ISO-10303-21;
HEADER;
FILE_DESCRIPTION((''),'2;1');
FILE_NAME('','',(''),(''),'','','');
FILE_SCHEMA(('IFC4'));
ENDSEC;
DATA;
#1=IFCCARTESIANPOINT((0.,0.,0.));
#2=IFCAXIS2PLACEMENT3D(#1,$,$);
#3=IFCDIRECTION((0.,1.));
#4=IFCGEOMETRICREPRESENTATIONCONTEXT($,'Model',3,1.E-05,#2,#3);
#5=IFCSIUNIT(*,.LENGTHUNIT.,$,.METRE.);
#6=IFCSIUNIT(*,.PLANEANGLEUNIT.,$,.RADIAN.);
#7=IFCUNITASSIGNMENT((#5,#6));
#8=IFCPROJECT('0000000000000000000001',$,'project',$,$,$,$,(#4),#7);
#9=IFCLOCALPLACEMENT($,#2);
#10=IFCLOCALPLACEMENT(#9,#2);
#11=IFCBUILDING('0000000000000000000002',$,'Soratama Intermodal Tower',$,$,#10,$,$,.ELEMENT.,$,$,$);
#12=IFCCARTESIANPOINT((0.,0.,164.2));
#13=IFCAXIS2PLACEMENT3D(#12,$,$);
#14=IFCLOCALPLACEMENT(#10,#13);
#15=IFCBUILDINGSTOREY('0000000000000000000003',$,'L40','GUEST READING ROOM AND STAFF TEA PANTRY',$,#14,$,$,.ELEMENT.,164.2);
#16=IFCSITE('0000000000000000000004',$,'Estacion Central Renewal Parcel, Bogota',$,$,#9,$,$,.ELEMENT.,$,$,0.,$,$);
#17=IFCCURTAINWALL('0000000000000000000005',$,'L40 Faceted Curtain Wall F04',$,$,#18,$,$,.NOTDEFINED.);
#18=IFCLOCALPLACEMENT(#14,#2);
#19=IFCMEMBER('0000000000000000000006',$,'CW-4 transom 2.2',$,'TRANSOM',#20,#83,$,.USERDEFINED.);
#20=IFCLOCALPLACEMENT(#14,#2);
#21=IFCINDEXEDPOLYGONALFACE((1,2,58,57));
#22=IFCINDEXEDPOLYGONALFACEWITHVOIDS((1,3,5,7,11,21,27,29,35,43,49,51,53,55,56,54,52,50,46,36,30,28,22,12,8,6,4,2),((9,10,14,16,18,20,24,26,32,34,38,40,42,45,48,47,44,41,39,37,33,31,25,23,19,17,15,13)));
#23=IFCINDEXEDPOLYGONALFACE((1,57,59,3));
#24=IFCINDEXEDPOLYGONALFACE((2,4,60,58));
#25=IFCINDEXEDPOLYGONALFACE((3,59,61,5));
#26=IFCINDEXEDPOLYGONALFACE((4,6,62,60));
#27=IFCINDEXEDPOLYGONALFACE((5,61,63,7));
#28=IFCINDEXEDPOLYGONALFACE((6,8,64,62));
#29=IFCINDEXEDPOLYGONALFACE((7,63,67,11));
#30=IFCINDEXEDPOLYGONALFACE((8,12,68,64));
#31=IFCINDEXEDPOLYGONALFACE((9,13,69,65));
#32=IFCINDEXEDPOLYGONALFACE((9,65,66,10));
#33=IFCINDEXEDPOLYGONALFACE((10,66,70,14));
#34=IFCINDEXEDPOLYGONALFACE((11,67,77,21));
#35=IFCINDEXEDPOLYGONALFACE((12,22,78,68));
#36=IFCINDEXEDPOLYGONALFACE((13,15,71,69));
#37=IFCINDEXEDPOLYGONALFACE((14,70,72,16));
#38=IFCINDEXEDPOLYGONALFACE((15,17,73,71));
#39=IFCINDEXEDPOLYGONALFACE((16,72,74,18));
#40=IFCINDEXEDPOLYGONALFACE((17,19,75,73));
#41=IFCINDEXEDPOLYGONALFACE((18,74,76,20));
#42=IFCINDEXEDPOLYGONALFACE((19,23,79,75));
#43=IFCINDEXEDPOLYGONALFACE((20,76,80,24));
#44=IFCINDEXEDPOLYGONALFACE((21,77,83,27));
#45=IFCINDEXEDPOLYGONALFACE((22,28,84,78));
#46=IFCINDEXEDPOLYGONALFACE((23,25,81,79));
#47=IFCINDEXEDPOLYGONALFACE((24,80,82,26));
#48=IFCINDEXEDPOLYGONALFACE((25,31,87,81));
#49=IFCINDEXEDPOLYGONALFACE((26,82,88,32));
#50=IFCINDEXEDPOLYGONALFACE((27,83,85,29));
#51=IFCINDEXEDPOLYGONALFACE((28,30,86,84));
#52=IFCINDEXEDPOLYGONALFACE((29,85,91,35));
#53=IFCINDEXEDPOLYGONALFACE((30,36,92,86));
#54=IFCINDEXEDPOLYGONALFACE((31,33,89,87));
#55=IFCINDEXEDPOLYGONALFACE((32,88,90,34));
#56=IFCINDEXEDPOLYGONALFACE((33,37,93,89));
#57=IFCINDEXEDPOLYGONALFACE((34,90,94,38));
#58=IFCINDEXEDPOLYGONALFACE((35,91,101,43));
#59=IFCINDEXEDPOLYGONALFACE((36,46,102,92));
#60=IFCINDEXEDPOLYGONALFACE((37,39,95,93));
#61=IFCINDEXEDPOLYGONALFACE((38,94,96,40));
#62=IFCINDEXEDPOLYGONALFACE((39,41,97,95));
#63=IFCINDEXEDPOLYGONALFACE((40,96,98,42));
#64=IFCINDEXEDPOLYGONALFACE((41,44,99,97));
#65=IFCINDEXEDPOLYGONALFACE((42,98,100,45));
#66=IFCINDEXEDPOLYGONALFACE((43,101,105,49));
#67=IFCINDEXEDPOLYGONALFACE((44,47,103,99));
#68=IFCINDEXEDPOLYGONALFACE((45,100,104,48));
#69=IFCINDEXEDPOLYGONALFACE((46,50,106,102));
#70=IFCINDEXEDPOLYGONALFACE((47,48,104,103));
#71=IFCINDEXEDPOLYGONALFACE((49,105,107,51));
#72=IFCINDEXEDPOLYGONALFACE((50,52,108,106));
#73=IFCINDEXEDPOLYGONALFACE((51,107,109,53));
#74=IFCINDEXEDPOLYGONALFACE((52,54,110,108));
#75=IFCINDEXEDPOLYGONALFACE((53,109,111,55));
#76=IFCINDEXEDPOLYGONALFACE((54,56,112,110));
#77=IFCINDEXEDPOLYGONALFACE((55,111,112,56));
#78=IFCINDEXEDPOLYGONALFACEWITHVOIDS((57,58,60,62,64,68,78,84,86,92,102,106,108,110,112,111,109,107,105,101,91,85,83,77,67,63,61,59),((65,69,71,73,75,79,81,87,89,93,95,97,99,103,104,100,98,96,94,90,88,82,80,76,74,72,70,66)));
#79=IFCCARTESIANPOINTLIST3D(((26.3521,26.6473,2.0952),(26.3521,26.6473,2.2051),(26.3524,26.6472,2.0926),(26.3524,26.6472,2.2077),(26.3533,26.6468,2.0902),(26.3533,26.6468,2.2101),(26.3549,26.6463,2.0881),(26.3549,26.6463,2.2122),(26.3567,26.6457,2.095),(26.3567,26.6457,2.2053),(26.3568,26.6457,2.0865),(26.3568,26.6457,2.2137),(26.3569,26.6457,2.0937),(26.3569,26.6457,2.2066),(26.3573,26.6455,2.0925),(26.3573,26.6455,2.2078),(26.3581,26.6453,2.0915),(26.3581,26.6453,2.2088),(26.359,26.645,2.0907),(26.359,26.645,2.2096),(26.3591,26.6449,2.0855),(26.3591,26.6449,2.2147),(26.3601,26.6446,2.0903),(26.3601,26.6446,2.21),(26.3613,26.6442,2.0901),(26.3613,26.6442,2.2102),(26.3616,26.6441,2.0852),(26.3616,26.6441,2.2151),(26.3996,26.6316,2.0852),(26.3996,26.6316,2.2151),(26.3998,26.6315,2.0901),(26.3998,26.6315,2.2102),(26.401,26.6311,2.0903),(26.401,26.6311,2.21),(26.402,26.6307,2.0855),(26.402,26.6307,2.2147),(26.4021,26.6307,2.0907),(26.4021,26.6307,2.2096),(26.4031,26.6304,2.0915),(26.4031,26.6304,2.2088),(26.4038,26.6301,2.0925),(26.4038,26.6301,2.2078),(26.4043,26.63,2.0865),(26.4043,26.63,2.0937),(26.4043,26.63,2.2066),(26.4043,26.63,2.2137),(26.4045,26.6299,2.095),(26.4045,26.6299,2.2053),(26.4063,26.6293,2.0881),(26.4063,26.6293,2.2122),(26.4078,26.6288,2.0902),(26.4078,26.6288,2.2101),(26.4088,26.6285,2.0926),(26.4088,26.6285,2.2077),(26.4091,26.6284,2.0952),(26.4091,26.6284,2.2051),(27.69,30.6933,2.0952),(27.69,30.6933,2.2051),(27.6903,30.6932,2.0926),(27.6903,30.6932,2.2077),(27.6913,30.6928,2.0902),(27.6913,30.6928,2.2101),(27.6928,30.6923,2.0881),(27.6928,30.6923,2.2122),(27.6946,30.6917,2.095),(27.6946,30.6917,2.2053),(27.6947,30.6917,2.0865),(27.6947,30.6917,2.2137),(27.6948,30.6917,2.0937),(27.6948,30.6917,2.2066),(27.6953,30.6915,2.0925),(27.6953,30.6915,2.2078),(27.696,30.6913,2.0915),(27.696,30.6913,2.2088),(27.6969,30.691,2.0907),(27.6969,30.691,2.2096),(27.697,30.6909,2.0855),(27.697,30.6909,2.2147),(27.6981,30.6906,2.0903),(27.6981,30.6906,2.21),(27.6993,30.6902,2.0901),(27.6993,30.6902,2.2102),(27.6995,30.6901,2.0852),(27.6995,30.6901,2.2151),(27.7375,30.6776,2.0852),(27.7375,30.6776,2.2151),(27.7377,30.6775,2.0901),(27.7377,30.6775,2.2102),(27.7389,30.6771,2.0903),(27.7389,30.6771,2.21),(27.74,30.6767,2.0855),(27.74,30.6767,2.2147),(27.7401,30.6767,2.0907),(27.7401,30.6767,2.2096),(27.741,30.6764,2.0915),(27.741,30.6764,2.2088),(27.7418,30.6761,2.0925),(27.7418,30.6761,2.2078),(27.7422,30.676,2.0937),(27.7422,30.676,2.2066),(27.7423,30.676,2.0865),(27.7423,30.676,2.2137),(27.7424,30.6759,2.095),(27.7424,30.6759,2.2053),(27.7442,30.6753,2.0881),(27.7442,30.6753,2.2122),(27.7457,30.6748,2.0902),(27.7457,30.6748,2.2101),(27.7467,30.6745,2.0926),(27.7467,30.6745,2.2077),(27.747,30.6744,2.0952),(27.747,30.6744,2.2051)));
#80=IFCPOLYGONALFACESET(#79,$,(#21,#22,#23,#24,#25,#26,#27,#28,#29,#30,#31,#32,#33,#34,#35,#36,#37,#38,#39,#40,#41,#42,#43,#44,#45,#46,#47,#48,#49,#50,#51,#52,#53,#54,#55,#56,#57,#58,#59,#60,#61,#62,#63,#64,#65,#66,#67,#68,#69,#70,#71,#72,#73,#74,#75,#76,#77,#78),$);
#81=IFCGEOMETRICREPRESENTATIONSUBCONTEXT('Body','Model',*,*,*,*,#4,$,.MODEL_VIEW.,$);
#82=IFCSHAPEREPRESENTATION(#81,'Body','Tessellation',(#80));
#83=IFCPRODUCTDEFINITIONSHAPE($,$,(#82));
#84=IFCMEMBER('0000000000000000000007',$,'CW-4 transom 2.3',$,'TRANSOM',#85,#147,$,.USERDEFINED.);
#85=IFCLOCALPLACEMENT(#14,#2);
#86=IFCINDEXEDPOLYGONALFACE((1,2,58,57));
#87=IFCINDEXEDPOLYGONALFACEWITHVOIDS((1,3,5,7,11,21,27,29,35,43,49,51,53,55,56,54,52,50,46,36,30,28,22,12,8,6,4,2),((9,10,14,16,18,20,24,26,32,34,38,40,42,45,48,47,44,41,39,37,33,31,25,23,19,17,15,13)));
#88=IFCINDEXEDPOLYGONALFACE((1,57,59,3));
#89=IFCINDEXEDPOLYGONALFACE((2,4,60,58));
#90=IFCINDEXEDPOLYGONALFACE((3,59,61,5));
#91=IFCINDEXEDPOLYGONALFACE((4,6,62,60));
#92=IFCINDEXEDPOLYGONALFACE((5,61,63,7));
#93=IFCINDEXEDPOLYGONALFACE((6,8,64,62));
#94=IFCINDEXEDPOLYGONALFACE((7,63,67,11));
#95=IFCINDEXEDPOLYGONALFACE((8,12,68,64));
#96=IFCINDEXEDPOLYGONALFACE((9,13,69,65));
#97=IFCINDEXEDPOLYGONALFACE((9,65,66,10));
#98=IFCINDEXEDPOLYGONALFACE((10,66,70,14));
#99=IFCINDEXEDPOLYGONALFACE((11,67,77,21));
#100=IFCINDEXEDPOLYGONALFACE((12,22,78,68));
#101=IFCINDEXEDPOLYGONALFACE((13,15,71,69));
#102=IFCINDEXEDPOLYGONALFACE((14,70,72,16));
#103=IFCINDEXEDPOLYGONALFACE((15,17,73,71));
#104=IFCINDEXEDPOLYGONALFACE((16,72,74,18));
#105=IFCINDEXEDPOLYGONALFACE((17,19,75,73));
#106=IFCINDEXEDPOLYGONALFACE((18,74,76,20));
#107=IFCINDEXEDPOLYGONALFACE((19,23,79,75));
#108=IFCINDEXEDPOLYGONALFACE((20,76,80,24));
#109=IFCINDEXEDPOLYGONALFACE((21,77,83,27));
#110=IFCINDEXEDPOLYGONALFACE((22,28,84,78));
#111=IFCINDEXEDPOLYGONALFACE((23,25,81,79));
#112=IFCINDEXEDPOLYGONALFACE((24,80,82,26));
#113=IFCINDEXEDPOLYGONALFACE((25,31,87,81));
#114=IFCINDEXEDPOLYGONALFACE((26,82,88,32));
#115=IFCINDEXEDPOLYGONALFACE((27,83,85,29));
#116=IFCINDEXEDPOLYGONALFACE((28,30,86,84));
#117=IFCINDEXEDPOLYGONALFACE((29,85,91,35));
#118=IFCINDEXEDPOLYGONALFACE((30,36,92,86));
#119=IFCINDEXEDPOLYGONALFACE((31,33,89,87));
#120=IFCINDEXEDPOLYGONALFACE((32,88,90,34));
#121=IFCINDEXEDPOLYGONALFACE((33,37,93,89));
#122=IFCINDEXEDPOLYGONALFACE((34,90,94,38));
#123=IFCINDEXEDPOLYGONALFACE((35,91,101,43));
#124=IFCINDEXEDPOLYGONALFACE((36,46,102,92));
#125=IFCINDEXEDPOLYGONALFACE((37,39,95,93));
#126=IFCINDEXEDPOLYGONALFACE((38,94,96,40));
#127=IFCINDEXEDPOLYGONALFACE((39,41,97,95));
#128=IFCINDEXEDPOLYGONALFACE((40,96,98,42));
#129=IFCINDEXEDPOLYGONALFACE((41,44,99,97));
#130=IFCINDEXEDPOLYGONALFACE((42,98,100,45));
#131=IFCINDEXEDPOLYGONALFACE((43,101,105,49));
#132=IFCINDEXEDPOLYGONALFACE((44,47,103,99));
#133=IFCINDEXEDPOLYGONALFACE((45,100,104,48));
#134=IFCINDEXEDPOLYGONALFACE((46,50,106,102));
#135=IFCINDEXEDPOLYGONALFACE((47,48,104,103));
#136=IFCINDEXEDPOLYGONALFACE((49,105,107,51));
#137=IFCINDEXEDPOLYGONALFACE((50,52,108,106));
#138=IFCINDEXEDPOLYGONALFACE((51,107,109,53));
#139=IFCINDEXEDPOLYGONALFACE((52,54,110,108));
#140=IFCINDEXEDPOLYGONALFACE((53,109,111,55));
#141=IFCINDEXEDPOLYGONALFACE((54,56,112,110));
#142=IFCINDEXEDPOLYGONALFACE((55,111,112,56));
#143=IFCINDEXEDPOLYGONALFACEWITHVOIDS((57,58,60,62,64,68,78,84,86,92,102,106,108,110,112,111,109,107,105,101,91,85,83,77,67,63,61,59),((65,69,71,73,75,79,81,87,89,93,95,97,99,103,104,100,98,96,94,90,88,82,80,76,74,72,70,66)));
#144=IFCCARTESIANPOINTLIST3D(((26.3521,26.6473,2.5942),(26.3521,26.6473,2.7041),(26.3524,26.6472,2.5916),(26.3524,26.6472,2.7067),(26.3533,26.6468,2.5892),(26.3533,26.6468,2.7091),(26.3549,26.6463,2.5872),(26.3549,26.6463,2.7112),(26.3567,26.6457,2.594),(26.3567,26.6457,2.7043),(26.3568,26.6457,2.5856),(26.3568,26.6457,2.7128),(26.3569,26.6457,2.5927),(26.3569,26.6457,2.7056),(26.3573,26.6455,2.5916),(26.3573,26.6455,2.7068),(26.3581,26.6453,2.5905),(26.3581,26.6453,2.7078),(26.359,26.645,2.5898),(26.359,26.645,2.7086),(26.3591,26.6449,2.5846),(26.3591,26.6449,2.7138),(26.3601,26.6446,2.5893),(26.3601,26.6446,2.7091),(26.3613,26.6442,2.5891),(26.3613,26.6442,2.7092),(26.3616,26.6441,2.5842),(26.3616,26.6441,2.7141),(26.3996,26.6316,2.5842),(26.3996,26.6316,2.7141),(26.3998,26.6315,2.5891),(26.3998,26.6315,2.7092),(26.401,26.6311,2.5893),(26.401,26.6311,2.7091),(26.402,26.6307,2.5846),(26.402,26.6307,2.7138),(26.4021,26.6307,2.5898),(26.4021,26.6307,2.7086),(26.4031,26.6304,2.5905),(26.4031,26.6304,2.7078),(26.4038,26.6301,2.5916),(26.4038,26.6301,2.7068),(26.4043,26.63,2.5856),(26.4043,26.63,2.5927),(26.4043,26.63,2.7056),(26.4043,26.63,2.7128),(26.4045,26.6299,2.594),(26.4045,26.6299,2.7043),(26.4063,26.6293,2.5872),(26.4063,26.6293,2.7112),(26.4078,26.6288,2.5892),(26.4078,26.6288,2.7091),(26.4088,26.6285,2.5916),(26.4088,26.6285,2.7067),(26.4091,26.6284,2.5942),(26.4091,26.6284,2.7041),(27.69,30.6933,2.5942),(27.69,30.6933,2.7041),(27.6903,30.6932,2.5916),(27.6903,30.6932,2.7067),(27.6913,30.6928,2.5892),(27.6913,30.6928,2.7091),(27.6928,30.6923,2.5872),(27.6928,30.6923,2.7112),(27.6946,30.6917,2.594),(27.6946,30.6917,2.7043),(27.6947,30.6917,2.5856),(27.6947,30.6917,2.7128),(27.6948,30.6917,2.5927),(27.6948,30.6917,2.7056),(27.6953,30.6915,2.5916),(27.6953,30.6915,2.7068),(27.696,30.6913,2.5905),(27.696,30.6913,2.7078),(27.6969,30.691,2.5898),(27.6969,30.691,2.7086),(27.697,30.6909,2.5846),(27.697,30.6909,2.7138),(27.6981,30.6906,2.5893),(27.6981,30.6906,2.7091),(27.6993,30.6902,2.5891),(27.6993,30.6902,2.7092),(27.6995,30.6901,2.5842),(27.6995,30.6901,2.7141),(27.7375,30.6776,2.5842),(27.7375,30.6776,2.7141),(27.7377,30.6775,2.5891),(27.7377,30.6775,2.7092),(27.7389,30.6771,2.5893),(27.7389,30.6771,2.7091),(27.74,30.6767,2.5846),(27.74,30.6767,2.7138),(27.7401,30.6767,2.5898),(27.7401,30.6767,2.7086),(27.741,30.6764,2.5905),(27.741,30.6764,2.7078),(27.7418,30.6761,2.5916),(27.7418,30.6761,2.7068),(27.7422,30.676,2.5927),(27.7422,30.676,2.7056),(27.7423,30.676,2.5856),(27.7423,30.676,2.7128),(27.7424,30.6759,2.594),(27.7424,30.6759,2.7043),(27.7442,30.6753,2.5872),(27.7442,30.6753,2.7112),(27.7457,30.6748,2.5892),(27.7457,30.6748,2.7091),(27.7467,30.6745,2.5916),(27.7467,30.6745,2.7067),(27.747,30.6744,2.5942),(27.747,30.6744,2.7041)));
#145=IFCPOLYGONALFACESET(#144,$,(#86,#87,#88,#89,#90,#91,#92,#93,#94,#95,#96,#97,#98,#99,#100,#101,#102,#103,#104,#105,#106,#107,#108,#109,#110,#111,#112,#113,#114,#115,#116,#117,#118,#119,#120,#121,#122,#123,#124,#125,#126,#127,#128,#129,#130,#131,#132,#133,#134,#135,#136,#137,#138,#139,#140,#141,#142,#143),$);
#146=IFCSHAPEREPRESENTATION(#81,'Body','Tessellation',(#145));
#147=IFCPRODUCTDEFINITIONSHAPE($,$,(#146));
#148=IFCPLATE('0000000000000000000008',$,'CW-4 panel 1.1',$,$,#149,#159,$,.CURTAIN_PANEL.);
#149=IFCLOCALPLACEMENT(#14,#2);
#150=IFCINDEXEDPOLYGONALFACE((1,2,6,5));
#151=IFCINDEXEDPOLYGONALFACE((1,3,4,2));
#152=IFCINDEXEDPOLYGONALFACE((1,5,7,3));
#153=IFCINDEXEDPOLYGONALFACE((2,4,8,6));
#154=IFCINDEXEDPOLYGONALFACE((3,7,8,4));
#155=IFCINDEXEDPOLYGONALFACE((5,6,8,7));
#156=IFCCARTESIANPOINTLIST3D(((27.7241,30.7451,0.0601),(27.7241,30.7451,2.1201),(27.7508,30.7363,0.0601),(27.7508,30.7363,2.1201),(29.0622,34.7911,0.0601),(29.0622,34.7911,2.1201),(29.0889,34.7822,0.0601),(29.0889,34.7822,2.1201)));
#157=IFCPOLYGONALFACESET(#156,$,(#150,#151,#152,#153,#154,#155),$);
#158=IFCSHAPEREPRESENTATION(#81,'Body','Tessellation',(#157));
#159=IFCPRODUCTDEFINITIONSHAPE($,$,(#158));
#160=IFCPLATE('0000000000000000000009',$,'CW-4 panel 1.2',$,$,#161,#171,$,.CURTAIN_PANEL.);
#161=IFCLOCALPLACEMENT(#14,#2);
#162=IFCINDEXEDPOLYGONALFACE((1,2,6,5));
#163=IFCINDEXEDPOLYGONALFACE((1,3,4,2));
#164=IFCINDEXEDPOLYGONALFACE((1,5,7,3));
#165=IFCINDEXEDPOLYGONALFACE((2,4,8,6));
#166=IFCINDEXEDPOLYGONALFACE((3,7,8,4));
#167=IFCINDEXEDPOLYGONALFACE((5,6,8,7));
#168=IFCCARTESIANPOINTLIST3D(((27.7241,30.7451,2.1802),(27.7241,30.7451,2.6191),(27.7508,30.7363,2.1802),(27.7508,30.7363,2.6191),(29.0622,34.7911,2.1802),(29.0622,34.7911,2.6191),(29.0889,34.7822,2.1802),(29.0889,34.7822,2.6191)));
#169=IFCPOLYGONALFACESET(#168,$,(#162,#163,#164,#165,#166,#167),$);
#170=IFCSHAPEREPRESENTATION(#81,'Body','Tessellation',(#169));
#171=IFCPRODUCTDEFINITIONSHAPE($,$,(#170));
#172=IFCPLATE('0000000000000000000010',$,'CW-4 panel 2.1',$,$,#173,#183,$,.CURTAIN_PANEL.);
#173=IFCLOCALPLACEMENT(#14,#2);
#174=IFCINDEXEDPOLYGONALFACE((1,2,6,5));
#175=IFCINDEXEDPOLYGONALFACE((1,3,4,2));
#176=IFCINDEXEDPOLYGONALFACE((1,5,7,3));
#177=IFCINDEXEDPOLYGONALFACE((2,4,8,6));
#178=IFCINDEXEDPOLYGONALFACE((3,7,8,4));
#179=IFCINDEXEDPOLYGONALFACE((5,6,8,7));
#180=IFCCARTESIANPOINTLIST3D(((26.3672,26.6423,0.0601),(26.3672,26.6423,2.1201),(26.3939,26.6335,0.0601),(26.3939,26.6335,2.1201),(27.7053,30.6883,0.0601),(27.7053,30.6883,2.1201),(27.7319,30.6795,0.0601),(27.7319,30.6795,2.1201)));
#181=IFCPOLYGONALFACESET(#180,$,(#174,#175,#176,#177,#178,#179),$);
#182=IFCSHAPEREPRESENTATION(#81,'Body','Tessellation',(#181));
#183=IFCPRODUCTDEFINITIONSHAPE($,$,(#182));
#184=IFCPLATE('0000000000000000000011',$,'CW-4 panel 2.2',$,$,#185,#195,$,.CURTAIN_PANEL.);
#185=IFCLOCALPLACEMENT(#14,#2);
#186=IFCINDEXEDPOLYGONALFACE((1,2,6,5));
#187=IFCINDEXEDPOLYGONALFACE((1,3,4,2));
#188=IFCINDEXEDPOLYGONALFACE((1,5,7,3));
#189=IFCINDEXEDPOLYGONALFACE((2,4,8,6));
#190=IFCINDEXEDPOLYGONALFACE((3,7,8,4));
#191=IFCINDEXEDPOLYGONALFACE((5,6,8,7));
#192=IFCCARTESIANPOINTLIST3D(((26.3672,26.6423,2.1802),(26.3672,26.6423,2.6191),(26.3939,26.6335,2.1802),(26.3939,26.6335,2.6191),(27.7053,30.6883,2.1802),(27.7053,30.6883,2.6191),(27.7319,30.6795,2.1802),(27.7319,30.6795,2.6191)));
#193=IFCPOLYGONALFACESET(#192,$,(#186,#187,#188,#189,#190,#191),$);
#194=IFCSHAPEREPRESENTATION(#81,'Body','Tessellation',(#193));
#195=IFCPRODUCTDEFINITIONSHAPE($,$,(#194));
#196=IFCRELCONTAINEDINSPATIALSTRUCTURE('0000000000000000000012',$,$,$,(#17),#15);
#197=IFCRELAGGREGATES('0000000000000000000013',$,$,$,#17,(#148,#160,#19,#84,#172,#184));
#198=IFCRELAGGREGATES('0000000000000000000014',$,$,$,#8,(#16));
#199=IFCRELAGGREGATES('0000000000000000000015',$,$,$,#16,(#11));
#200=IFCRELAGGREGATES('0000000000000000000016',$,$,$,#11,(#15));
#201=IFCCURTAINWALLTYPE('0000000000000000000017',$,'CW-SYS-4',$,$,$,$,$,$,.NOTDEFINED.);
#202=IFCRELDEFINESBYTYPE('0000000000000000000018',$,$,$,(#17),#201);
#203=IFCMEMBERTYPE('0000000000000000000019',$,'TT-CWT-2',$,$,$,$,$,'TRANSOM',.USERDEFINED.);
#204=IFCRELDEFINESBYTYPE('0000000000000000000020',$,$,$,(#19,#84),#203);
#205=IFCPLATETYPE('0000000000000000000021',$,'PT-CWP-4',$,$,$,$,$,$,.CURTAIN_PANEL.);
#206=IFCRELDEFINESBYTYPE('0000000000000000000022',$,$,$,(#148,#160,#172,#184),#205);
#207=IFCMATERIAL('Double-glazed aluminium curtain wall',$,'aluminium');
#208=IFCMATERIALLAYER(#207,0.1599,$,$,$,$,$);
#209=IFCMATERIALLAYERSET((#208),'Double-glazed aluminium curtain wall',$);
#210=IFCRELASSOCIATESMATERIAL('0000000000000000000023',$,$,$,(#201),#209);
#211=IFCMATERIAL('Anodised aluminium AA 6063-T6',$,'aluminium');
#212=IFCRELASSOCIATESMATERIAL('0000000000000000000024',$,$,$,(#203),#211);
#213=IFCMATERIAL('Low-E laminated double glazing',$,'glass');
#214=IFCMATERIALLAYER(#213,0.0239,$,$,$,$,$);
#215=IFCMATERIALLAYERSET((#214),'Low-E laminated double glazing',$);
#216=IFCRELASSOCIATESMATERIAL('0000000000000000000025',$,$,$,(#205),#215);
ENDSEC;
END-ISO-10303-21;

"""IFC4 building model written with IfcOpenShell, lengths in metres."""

from ifc_helpers import new_model, si_unit, direction, frame, origin, origin_2d, place, context, subcontext, project, spatial, rectangle, hollow_rectangle, extrude, material, layer, layer_set, material_profile, profile_set, type_object, element, aggregate, save


model = new_model("IFC4")

# Units and contexts
model_context = context("Model", 3, precision=1e-05, world=origin(), true_north=direction((0.0, 1.0)))
body_context = subcontext(model_context, "Body", "Model", "MODEL_VIEW")
ifc_project = project(units=[si_unit("LENGTHUNIT", "METRE"), si_unit("PLANEANGLEUNIT", "RADIAN")], contexts=[model_context])

# Site, building, storey
site_placement = place(None, origin())
site = spatial("IfcSite", under=ifc_project, at=site_placement, Name="Estacion Central Renewal Parcel, Bogota", CompositionType="ELEMENT", RefElevation=0.0)
building_placement = place(site_placement, origin())
building = spatial("IfcBuilding", under=site, at=building_placement, Name="Soratama Intermodal Tower", CompositionType="ELEMENT")
storey_placement = place(building_placement, frame((0.0, 0.0, 164.2)))
storey = spatial("IfcBuildingStorey", under=building, at=storey_placement, Name="L40", Description="GUEST READING ROOM AND STAFF TEA PANTRY", CompositionType="ELEMENT", Elevation=164.2)

# Curtain wall, members, plates
ifc_material_1 = material(Name="Double-glazed aluminium curtain wall", Category="aluminium")
ifc_layer_1 = layer(ifc_material_1, 0.1599)
ifc_layer_set_1 = layer_set([ifc_layer_1], Name="Double-glazed aluminium curtain wall")
curtain_wall_type = type_object("IfcCurtainWallType", Name="CW-SYS-4", PredefinedType="NOTDEFINED", material=ifc_layer_set_1)
curtain_wall_placement = place(storey_placement, origin())
curtain_wall = element("IfcCurtainWall", 1, at=curtain_wall_placement, inside=storey, type_object=curtain_wall_type, Name="L40 Faceted Curtain Wall F04", PredefinedType="NOTDEFINED")
ifc_material_2 = material(Name="Anodised aluminium AA 6063-T6", Category="aluminium")
ifc_material_profile_1 = material_profile(ifc_material_2, hollow_rectangle(XDim=0.0601, YDim=0.1299, WallThickness=0.0049, InnerFilletRadius=0.0049, OuterFilletRadius=0.01, at=origin_2d()), Name="CWT130X60X5")
ifc_profile_set_1 = profile_set([ifc_material_profile_1], Name="Anodised aluminium AA 6063-T6")
member_type_1 = type_object("IfcMemberType", Name="TT-CWT-2", ElementType="TRANSOM", PredefinedType="USERDEFINED", material=ifc_profile_set_1)
member_1_placement = place(storey_placement, frame((27.7185, 30.6838, 2.1501), z_axis=(-0.313958, -0.949437, 0.0), x_axis=(0.949437, -0.313958, 0.0)))
member_1 = element("IfcMember", 2, at=member_1_placement, type_object=member_type_1, Name="CW-4 transom 2.2", ObjectType="TRANSOM", PredefinedType="USERDEFINED", context=body_context, shape_type="SweptSolid", body=[
    extrude(hollow_rectangle(XDim=0.0601, YDim=0.1299, WallThickness=0.0049, InnerFilletRadius=0.0049, OuterFilletRadius=0.01, at=origin_2d()), origin(), (0.0, 0.0, 1.0), 4.2615),
])
member_2_placement = place(storey_placement, frame((27.7185, 30.6838, 2.6492), z_axis=(-0.313958, -0.949437, 0.0), x_axis=(0.949437, -0.313958, 0.0)))
member_2 = element("IfcMember", 3, at=member_2_placement, type_object=member_type_1, Name="CW-4 transom 2.3", ObjectType="TRANSOM", PredefinedType="USERDEFINED", context=body_context, shape_type="SweptSolid", body=[
    extrude(hollow_rectangle(XDim=0.0601, YDim=0.1299, WallThickness=0.0049, InnerFilletRadius=0.0049, OuterFilletRadius=0.01, at=origin_2d()), origin(), (0.0, 0.0, 1.0), 4.2615),
])
ifc_material_3 = material(Name="Low-E laminated double glazing", Category="glass")
ifc_layer_2 = layer(ifc_material_3, 0.0239)
ifc_layer_set_2 = layer_set([ifc_layer_2], Name="Low-E laminated double glazing")
plate_type = type_object("IfcPlateType", Name="PT-CWP-4", PredefinedType="CURTAIN_PANEL", material=ifc_layer_set_2)
plate_1_placement = place(storey_placement, frame((28.4065, 32.7637, 0.0601), z_axis=(0.0, 0.0, 1.0), x_axis=(-0.313993, -0.949425, 0.0)))
plate_1 = element("IfcPlate", 4, at=plate_1_placement, type_object=plate_type, Name="CW-4 panel 1.1", PredefinedType="CURTAIN_PANEL", context=body_context, shape_type="SweptSolid", body=[
    extrude(rectangle(XDim=4.2615, YDim=0.0281, at=origin_2d()), origin(), (0.0, 0.0, 1.0), 2.0601),
])
plate_2_placement = place(storey_placement, frame((28.4065, 32.7637, 2.1802), z_axis=(0.0, 0.0, 1.0), x_axis=(-0.313993, -0.949425, 0.0)))
plate_2 = element("IfcPlate", 5, at=plate_2_placement, type_object=plate_type, Name="CW-4 panel 1.2", PredefinedType="CURTAIN_PANEL", context=body_context, shape_type="SweptSolid", body=[
    extrude(rectangle(XDim=4.2615, YDim=0.0281, at=origin_2d()), origin(), (0.0, 0.0, 1.0), 0.439),
])
plate_3_placement = place(storey_placement, frame((27.0496, 28.6609, 0.0601), z_axis=(0.0, 0.0, 1.0), x_axis=(-0.313993, -0.949425, 0.0)))
plate_3 = element("IfcPlate", 6, at=plate_3_placement, type_object=plate_type, Name="CW-4 panel 2.1", PredefinedType="CURTAIN_PANEL", context=body_context, shape_type="SweptSolid", body=[
    extrude(rectangle(XDim=4.2615, YDim=0.0281, at=origin_2d()), origin(), (0.0, 0.0, 1.0), 2.0601),
])
plate_4_placement = place(storey_placement, frame((27.0496, 28.6609, 2.1802), z_axis=(0.0, 0.0, 1.0), x_axis=(-0.313993, -0.949425, 0.0)))
plate_4 = element("IfcPlate", 7, at=plate_4_placement, type_object=plate_type, Name="CW-4 panel 2.2", PredefinedType="CURTAIN_PANEL", context=body_context, shape_type="SweptSolid", body=[
    extrude(rectangle(XDim=4.2615, YDim=0.0281, at=origin_2d()), origin(), (0.0, 0.0, 1.0), 0.439),
])
aggregate(curtain_wall, [plate_1, plate_2, member_1, member_2, plate_3, plate_4])

save(model, "model.ifc")
